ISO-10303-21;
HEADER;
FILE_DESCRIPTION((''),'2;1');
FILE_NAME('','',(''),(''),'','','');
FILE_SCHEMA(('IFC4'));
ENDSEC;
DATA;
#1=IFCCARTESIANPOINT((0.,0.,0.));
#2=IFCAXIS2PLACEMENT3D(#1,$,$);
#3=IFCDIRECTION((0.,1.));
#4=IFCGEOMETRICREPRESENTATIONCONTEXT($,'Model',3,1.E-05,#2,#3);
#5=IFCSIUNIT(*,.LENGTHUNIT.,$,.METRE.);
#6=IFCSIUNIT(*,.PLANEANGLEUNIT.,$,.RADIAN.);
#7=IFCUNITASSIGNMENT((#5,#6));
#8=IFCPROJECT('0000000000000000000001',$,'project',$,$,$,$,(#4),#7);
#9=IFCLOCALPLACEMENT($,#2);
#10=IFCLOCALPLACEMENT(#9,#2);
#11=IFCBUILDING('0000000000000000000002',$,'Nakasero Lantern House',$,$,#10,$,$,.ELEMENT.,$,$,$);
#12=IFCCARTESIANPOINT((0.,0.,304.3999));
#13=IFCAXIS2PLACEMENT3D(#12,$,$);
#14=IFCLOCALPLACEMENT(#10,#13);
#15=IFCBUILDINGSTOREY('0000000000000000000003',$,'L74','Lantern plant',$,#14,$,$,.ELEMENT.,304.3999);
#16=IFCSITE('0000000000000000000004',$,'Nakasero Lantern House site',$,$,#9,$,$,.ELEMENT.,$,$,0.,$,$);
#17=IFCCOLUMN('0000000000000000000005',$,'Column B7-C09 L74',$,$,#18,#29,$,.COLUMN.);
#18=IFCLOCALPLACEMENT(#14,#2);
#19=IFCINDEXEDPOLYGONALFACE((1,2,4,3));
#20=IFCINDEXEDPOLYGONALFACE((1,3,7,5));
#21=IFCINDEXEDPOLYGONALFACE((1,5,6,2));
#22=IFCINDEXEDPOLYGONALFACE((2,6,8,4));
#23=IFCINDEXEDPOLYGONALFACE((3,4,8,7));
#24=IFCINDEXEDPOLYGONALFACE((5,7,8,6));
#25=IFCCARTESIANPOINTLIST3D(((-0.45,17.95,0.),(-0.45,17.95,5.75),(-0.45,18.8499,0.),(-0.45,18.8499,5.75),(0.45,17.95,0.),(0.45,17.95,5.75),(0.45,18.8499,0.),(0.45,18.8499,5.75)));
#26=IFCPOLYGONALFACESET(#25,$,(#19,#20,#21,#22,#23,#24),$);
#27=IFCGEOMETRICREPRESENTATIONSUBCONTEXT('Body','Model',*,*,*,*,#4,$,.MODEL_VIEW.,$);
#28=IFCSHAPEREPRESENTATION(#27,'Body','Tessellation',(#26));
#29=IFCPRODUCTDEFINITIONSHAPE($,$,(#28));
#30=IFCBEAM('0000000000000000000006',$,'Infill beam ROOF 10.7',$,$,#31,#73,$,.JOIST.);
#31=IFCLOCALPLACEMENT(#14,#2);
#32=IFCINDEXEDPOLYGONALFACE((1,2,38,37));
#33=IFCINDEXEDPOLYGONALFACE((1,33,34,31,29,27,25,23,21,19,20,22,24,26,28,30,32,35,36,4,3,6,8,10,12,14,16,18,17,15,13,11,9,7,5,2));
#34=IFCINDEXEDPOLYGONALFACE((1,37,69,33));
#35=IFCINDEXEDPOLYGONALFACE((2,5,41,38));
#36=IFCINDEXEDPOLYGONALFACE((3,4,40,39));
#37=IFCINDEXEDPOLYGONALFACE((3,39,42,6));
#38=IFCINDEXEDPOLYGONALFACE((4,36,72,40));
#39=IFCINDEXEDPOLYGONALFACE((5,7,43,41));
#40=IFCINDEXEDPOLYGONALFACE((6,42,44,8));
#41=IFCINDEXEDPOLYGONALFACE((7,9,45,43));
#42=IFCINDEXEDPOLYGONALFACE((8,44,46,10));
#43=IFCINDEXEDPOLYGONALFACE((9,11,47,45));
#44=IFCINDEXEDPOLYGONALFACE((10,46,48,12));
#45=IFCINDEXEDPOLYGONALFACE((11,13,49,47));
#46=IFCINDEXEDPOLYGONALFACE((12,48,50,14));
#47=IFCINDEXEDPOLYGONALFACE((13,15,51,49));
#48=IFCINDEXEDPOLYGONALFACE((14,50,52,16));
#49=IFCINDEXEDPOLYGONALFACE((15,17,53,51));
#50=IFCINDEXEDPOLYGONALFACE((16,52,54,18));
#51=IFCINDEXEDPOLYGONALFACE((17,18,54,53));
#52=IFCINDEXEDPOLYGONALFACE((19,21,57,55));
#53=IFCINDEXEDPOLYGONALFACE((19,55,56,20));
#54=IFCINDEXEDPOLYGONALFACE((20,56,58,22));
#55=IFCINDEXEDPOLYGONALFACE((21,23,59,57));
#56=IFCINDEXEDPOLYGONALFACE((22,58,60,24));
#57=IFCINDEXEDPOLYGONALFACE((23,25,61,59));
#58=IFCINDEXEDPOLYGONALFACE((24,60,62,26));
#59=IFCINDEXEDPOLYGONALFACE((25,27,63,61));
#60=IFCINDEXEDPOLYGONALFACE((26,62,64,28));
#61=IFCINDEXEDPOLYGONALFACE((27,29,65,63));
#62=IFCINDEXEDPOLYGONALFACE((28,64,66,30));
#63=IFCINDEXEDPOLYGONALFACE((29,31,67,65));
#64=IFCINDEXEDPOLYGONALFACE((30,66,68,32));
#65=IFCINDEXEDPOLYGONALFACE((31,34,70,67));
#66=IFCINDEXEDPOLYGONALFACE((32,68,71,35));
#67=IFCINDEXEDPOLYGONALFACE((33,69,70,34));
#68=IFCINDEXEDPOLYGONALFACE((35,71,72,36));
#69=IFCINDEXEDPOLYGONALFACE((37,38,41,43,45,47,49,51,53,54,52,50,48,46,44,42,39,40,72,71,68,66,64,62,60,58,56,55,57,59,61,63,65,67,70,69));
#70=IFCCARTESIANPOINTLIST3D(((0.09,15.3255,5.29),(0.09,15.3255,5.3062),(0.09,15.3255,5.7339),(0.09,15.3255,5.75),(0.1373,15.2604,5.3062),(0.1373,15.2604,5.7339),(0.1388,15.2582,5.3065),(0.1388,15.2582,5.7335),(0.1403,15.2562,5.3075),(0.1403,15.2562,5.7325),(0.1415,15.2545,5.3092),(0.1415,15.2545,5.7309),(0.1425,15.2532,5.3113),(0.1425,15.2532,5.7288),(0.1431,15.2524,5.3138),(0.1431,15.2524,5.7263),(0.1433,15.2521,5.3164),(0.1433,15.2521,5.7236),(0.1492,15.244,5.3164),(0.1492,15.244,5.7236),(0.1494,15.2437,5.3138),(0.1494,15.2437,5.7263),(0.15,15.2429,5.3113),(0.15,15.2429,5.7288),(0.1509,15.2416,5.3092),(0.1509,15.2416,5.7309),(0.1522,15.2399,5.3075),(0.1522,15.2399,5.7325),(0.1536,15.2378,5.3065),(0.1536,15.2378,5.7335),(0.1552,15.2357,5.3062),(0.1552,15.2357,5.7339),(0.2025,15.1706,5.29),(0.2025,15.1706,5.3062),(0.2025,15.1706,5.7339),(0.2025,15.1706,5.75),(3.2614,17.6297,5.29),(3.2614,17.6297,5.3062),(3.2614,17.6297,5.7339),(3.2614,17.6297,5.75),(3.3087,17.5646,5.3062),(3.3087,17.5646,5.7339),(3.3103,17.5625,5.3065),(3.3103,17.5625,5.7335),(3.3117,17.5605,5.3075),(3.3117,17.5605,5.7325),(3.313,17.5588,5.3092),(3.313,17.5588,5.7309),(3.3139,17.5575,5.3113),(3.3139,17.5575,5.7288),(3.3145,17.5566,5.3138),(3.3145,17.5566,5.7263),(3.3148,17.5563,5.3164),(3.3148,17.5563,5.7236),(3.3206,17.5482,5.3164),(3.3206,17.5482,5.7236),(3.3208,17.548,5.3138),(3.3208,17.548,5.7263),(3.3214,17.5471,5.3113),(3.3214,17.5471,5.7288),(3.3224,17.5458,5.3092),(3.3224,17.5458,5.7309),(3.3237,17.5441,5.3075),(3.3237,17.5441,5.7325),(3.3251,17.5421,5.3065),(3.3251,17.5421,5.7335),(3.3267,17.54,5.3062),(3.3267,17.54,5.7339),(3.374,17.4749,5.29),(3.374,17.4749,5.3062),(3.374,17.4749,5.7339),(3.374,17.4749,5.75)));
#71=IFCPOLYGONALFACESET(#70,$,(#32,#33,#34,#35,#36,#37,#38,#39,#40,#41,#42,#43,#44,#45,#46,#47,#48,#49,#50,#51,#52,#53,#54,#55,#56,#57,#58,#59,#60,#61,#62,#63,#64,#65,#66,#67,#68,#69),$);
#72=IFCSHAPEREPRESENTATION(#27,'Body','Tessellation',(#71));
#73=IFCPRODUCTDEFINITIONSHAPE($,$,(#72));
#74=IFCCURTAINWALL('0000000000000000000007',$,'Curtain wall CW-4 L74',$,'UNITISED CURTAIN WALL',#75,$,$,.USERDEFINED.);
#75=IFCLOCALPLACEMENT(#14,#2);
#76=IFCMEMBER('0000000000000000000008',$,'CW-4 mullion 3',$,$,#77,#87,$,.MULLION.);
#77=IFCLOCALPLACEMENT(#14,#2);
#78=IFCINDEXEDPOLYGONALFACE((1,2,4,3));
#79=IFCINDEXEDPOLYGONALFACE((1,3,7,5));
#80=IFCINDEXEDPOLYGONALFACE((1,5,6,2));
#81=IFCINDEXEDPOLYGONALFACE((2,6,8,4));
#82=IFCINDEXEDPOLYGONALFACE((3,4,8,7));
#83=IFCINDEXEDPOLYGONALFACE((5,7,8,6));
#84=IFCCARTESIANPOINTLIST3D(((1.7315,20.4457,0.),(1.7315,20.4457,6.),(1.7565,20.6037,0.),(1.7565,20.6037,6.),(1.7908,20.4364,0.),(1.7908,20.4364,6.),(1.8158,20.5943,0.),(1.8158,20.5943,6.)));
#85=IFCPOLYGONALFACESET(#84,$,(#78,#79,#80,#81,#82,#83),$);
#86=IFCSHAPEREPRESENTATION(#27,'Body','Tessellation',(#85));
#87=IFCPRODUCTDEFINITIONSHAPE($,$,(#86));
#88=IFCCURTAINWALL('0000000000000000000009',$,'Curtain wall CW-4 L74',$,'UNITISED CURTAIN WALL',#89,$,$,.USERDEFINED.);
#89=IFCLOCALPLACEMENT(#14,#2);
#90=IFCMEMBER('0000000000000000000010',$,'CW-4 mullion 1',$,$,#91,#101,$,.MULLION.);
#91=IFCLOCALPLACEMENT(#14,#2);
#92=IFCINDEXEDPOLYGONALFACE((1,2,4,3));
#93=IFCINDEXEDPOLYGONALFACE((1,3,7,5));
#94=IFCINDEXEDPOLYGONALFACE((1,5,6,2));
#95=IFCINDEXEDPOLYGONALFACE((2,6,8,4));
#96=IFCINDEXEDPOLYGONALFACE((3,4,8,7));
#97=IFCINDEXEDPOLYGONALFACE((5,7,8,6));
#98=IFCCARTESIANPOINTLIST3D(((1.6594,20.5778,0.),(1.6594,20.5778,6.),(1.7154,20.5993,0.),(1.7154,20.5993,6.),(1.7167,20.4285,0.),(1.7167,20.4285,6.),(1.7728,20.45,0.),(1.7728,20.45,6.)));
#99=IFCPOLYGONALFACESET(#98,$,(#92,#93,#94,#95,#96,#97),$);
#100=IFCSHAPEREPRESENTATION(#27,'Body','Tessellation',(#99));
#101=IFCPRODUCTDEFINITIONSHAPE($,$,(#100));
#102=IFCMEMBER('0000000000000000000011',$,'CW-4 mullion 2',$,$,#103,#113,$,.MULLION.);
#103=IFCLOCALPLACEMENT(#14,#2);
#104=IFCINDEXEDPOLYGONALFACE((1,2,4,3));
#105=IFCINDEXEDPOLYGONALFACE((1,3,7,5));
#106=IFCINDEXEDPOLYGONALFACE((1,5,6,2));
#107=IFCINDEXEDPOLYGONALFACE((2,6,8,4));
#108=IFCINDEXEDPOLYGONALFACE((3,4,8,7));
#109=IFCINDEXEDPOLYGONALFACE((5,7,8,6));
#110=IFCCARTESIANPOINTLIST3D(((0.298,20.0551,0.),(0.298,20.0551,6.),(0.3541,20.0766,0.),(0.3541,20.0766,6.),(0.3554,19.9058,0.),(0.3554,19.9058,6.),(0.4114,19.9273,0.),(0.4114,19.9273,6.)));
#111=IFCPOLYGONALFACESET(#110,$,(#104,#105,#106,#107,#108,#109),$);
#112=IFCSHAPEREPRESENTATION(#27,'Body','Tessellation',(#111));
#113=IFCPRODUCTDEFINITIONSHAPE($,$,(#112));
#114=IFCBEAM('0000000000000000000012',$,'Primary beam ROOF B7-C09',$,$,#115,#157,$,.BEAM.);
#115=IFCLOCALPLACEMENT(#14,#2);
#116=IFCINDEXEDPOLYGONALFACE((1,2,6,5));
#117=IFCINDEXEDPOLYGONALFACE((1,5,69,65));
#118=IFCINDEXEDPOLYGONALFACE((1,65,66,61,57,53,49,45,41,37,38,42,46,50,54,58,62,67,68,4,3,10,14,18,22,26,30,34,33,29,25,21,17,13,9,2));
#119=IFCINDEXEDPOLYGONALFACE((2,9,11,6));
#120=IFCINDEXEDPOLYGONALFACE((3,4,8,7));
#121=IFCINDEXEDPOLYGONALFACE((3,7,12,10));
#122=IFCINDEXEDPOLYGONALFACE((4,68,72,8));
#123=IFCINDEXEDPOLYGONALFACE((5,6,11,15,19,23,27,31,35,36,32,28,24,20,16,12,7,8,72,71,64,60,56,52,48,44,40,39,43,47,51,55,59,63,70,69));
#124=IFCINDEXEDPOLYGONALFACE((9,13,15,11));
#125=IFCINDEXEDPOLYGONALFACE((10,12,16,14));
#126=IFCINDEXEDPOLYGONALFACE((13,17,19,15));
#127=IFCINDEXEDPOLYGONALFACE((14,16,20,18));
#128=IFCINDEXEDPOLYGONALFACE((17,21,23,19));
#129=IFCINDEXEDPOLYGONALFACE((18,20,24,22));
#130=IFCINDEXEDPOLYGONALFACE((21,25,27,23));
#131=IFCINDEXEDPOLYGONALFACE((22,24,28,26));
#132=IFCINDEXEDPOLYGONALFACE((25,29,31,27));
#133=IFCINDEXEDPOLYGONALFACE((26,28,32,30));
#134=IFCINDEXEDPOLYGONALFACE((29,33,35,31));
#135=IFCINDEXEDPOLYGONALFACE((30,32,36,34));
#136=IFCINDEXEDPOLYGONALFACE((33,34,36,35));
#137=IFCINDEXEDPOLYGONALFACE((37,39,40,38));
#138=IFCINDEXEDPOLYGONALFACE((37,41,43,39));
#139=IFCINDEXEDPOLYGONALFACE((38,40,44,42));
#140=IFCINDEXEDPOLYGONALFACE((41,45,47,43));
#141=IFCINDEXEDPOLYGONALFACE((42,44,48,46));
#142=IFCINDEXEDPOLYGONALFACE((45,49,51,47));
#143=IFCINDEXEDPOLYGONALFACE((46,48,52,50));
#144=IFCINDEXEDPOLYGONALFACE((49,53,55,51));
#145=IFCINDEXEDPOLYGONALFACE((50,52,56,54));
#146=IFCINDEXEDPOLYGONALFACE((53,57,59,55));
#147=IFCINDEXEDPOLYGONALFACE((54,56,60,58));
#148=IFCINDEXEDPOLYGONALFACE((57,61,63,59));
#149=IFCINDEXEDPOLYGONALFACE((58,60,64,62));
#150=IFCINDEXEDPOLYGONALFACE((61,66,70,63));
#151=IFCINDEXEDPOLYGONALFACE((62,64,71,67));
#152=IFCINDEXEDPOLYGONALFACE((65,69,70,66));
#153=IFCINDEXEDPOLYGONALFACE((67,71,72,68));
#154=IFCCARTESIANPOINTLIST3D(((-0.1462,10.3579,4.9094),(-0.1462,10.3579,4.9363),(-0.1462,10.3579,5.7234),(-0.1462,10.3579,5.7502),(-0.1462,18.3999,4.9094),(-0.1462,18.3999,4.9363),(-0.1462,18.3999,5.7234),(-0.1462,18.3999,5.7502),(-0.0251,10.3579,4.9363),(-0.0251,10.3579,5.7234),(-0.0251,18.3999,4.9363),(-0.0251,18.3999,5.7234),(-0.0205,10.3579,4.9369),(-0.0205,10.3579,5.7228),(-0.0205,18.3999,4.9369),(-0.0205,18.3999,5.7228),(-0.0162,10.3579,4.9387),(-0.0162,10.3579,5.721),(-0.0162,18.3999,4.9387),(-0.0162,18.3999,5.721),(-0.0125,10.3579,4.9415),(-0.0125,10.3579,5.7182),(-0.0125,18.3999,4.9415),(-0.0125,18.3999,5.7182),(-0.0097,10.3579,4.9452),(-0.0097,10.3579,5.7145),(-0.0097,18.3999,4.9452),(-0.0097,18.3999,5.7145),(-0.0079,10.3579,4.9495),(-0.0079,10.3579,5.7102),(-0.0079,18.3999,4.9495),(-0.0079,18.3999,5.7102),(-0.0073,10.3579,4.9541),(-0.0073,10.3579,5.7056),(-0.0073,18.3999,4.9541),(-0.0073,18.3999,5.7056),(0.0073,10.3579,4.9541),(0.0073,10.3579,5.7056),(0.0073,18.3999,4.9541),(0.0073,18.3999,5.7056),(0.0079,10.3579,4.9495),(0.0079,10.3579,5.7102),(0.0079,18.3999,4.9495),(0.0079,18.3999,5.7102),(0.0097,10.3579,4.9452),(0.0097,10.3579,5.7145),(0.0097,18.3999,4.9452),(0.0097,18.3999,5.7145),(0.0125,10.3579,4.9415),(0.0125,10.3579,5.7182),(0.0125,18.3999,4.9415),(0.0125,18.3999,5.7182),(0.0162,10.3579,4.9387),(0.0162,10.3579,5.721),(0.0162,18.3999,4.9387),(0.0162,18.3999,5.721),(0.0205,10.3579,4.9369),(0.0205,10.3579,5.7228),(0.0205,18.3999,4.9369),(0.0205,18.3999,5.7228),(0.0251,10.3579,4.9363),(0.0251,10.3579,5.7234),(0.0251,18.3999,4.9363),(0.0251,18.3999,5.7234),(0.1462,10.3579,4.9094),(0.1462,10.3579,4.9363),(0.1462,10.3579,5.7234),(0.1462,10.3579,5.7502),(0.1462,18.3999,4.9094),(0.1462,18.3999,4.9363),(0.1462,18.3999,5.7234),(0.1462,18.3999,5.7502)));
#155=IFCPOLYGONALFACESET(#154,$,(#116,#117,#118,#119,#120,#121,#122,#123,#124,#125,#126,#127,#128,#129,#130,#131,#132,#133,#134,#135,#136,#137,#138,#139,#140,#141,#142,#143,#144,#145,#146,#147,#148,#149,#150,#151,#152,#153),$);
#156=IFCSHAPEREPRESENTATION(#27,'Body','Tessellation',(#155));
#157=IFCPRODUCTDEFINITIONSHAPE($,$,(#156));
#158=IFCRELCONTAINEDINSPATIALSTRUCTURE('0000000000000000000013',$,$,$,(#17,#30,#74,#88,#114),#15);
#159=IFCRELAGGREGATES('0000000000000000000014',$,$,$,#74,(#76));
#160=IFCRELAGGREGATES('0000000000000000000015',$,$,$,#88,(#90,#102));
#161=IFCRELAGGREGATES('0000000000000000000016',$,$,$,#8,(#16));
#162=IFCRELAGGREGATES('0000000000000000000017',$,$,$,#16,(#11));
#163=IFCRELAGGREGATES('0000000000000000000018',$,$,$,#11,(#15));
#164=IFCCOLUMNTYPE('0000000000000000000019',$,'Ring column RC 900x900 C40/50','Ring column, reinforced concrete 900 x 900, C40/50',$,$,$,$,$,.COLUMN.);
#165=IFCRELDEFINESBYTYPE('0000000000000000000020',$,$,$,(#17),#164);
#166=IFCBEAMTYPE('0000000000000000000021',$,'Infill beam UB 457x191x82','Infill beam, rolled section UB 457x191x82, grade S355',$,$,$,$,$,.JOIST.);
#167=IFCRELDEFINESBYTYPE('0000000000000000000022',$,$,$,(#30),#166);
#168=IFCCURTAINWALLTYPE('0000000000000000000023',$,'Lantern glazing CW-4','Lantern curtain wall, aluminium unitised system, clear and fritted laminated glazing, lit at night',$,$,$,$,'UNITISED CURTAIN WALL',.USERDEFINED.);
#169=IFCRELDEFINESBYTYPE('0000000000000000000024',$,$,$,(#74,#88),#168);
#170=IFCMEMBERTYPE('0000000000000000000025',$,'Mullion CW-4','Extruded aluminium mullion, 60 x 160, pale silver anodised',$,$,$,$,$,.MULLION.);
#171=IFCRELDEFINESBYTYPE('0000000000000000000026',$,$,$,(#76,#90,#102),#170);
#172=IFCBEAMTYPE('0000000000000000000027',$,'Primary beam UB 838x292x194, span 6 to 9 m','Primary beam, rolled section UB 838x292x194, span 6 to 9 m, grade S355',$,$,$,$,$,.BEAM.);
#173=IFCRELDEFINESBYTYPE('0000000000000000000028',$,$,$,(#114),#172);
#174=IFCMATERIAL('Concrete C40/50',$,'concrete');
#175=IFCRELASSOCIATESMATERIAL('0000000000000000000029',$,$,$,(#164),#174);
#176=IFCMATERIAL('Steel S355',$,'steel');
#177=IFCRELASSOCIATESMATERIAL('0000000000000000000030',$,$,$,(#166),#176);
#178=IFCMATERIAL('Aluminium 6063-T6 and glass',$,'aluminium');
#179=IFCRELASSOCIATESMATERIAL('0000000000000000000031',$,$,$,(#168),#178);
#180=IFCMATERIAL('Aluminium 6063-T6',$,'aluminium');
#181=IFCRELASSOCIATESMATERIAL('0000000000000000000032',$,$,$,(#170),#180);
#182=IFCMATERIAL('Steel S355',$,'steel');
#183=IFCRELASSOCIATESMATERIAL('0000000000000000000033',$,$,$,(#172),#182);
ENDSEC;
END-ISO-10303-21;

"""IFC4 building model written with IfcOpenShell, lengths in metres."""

from ifc_helpers import new_model, si_unit, direction, frame, origin, origin_2d, place, context, subcontext, project, spatial, rectangle, i_section, extrude, material, material_profile, profile_set, type_object, element, aggregate, save


model = new_model("IFC4")

# Units and contexts
model_context = context("Model", 3, precision=1e-05, world=origin(), true_north=direction((0.0, 1.0)))
body_context = subcontext(model_context, "Body", "Model", "MODEL_VIEW")
ifc_project = project(units=[si_unit("LENGTHUNIT", "METRE"), si_unit("PLANEANGLEUNIT", "RADIAN")], contexts=[model_context])

# Site, building, storey
site_placement = place(None, origin())
site = spatial("IfcSite", under=ifc_project, at=site_placement, Name="Nakasero Lantern House site", CompositionType="ELEMENT", RefElevation=0.0)
building_placement = place(site_placement, origin())
building = spatial("IfcBuilding", under=site, at=building_placement, Name="Nakasero Lantern House", CompositionType="ELEMENT")
storey_placement = place(building_placement, frame((0.0, 0.0, 304.3999)))
storey = spatial("IfcBuildingStorey", under=building, at=storey_placement, Name="L74", Description="Lantern plant", CompositionType="ELEMENT", Elevation=304.3999)

# Column
ifc_material_1 = material(Name="Concrete C40/50", Category="concrete")
ifc_material_profile_1 = material_profile(ifc_material_1, rectangle(XDim=0.8999, YDim=0.8999, at=origin_2d()), Name="RC 900x900")
ifc_profile_set_1 = profile_set([ifc_material_profile_1], Name="Concrete C40/50")
column_type = type_object("IfcColumnType", Name="Ring column RC 900x900 C40/50", Description="Ring column, reinforced concrete 900 x 900, C40/50", PredefinedType="COLUMN", material=ifc_profile_set_1)
column_placement = place(storey_placement, frame((0.0, 18.3999, 0.0), z_axis=(0.0, 0.0, 1.0), x_axis=(1.0, 0.0, 0.0)))
element("IfcColumn", 1, at=column_placement, inside=storey, type_object=column_type, Name="Column B7-C09 L74", PredefinedType="COLUMN", context=body_context, shape_type="SweptSolid", body=[
    extrude(rectangle(XDim=0.8999, YDim=0.8999, at=origin_2d()), origin(), (0.0, 0.0, 1.0), 5.75),
])

# Beam
ifc_material_2 = material(Name="Steel S355", Category="steel")
ifc_material_profile_2 = material_profile(ifc_material_2, i_section(OverallWidth=0.1914, OverallDepth=0.46, WebThickness=0.01, FlangeThickness=0.0161, FilletRadius=0.0103, at=origin_2d()), Name="UB 457x191x82")
ifc_profile_set_2 = profile_set([ifc_material_profile_2], Name="Steel S355")
beam_type_1 = type_object("IfcBeamType", Name="Infill beam UB 457x191x82", Description="Infill beam, rolled section UB 457x191x82, grade S355", PredefinedType="JOIST", material=ifc_profile_set_2)
beam_1_placement = place(storey_placement, frame((0.1462, 15.248, 5.52), z_axis=(0.809011, 0.587794, 0.0), x_axis=(-0.587794, 0.809011, 0.0)))
element("IfcBeam", 2, at=beam_1_placement, inside=storey, type_object=beam_type_1, Name="Infill beam ROOF 10.7", PredefinedType="JOIST", context=body_context, shape_type="SweptSolid", body=[
    extrude(i_section(OverallWidth=0.1914, OverallDepth=0.46, WebThickness=0.01, FlangeThickness=0.0161, FilletRadius=0.0103, at=origin_2d()), origin(), (0.0, 0.0, 1.0), 3.9202),
])

# Curtain wall, member
ifc_material_3 = material(Name="Aluminium 6063-T6 and glass", Category="aluminium")
curtain_wall_type = type_object("IfcCurtainWallType", Name="Lantern glazing CW-4", Description="Lantern curtain wall, aluminium unitised system, clear and fritted laminated glazing, lit at night", ElementType="UNITISED CURTAIN WALL", PredefinedType="USERDEFINED", material=ifc_material_3)
curtain_wall_1_placement = place(storey_placement, origin())
curtain_wall_1 = element("IfcCurtainWall", 3, at=curtain_wall_1_placement, inside=storey, type_object=curtain_wall_type, Name="Curtain wall CW-4 L74", ObjectType="UNITISED CURTAIN WALL", PredefinedType="USERDEFINED")
ifc_material_4 = material(Name="Aluminium 6063-T6", Category="aluminium")
ifc_material_profile_3 = material_profile(ifc_material_4, rectangle(XDim=0.0601, YDim=0.1599, at=origin_2d()), Name="CW-4 mullion 60x160")
ifc_profile_set_3 = profile_set([ifc_material_profile_3], Name="Aluminium 6063-T6")
member_type_1 = type_object("IfcMemberType", Name="Mullion CW-4", Description="Extruded aluminium mullion, 60 x 160, pale silver anodised", PredefinedType="MULLION", material=ifc_profile_set_3)
member_1_placement = place(storey_placement, frame((1.7737, 20.52, 0.0), z_axis=(0.0, 0.0, 1.0), x_axis=(-0.987688, 0.156434, 0.0)))
member_1 = element("IfcMember", 4, at=member_1_placement, type_object=member_type_1, Name="CW-4 mullion 3", PredefinedType="MULLION", context=body_context, shape_type="SweptSolid", body=[
    extrude(rectangle(XDim=0.0601, YDim=0.1599, at=origin_2d()), origin(), (0.0, 0.0, 1.0), 6.0),
])

# Curtain wall, members
curtain_wall_2_placement = place(storey_placement, origin())
curtain_wall_2 = element("IfcCurtainWall", 5, at=curtain_wall_2_placement, inside=storey, type_object=curtain_wall_type, Name="Curtain wall CW-4 L74", ObjectType="UNITISED CURTAIN WALL", PredefinedType="USERDEFINED")
member_2_placement = place(storey_placement, frame((1.7161, 20.5139, 0.0), z_axis=(0.0, 0.0, 1.0), x_axis=(-0.93358, -0.358368, 0.0)))
member_2 = element("IfcMember", 6, at=member_2_placement, type_object=member_type_1, Name="CW-4 mullion 1", PredefinedType="MULLION", context=body_context, shape_type="SweptSolid", body=[
    extrude(rectangle(XDim=0.0601, YDim=0.1599, at=origin_2d()), origin(), (0.0, 0.0, 1.0), 6.0),
])
member_3_placement = place(storey_placement, frame((0.3547, 19.9912, 0.0), z_axis=(0.0, 0.0, 1.0), x_axis=(-0.93358, -0.358368, 0.0)))
member_3 = element("IfcMember", 7, at=member_3_placement, type_object=member_type_1, Name="CW-4 mullion 2", PredefinedType="MULLION", context=body_context, shape_type="SweptSolid", body=[
    extrude(rectangle(XDim=0.0601, YDim=0.1599, at=origin_2d()), origin(), (0.0, 0.0, 1.0), 6.0),
])

# Beam
ifc_material_5 = material(Name="Steel S355", Category="steel")
ifc_material_profile_4 = material_profile(ifc_material_5, i_section(OverallWidth=0.2925, OverallDepth=0.8408, WebThickness=0.0146, FlangeThickness=0.0269, FilletRadius=0.0178, at=origin_2d()), Name="UB 838x292x194")
ifc_profile_set_4 = profile_set([ifc_material_profile_4], Name="Steel S355")
beam_type_2 = type_object("IfcBeamType", Name="Primary beam UB 838x292x194, span 6 to 9 m", Description="Primary beam, rolled section UB 838x292x194, span 6 to 9 m, grade S355", PredefinedType="BEAM", material=ifc_profile_set_4)
beam_2_placement = place(storey_placement, frame((0.0, 18.3999, 5.3298), z_axis=(0.0, -1.0, 0.0), x_axis=(1.0, 0.0, 0.0)))
element("IfcBeam", 8, at=beam_2_placement, inside=storey, type_object=beam_type_2, Name="Primary beam ROOF B7-C09", PredefinedType="BEAM", context=body_context, shape_type="SweptSolid", body=[
    extrude(i_section(OverallWidth=0.2925, OverallDepth=0.8408, WebThickness=0.0146, FlangeThickness=0.0269, FilletRadius=0.0178, at=origin_2d()), origin(), (0.0, 0.0, 1.0), 8.042),
])

aggregate(curtain_wall_1, [member_1])
aggregate(curtain_wall_2, [member_2, member_3])

save(model, "model.ifc")
